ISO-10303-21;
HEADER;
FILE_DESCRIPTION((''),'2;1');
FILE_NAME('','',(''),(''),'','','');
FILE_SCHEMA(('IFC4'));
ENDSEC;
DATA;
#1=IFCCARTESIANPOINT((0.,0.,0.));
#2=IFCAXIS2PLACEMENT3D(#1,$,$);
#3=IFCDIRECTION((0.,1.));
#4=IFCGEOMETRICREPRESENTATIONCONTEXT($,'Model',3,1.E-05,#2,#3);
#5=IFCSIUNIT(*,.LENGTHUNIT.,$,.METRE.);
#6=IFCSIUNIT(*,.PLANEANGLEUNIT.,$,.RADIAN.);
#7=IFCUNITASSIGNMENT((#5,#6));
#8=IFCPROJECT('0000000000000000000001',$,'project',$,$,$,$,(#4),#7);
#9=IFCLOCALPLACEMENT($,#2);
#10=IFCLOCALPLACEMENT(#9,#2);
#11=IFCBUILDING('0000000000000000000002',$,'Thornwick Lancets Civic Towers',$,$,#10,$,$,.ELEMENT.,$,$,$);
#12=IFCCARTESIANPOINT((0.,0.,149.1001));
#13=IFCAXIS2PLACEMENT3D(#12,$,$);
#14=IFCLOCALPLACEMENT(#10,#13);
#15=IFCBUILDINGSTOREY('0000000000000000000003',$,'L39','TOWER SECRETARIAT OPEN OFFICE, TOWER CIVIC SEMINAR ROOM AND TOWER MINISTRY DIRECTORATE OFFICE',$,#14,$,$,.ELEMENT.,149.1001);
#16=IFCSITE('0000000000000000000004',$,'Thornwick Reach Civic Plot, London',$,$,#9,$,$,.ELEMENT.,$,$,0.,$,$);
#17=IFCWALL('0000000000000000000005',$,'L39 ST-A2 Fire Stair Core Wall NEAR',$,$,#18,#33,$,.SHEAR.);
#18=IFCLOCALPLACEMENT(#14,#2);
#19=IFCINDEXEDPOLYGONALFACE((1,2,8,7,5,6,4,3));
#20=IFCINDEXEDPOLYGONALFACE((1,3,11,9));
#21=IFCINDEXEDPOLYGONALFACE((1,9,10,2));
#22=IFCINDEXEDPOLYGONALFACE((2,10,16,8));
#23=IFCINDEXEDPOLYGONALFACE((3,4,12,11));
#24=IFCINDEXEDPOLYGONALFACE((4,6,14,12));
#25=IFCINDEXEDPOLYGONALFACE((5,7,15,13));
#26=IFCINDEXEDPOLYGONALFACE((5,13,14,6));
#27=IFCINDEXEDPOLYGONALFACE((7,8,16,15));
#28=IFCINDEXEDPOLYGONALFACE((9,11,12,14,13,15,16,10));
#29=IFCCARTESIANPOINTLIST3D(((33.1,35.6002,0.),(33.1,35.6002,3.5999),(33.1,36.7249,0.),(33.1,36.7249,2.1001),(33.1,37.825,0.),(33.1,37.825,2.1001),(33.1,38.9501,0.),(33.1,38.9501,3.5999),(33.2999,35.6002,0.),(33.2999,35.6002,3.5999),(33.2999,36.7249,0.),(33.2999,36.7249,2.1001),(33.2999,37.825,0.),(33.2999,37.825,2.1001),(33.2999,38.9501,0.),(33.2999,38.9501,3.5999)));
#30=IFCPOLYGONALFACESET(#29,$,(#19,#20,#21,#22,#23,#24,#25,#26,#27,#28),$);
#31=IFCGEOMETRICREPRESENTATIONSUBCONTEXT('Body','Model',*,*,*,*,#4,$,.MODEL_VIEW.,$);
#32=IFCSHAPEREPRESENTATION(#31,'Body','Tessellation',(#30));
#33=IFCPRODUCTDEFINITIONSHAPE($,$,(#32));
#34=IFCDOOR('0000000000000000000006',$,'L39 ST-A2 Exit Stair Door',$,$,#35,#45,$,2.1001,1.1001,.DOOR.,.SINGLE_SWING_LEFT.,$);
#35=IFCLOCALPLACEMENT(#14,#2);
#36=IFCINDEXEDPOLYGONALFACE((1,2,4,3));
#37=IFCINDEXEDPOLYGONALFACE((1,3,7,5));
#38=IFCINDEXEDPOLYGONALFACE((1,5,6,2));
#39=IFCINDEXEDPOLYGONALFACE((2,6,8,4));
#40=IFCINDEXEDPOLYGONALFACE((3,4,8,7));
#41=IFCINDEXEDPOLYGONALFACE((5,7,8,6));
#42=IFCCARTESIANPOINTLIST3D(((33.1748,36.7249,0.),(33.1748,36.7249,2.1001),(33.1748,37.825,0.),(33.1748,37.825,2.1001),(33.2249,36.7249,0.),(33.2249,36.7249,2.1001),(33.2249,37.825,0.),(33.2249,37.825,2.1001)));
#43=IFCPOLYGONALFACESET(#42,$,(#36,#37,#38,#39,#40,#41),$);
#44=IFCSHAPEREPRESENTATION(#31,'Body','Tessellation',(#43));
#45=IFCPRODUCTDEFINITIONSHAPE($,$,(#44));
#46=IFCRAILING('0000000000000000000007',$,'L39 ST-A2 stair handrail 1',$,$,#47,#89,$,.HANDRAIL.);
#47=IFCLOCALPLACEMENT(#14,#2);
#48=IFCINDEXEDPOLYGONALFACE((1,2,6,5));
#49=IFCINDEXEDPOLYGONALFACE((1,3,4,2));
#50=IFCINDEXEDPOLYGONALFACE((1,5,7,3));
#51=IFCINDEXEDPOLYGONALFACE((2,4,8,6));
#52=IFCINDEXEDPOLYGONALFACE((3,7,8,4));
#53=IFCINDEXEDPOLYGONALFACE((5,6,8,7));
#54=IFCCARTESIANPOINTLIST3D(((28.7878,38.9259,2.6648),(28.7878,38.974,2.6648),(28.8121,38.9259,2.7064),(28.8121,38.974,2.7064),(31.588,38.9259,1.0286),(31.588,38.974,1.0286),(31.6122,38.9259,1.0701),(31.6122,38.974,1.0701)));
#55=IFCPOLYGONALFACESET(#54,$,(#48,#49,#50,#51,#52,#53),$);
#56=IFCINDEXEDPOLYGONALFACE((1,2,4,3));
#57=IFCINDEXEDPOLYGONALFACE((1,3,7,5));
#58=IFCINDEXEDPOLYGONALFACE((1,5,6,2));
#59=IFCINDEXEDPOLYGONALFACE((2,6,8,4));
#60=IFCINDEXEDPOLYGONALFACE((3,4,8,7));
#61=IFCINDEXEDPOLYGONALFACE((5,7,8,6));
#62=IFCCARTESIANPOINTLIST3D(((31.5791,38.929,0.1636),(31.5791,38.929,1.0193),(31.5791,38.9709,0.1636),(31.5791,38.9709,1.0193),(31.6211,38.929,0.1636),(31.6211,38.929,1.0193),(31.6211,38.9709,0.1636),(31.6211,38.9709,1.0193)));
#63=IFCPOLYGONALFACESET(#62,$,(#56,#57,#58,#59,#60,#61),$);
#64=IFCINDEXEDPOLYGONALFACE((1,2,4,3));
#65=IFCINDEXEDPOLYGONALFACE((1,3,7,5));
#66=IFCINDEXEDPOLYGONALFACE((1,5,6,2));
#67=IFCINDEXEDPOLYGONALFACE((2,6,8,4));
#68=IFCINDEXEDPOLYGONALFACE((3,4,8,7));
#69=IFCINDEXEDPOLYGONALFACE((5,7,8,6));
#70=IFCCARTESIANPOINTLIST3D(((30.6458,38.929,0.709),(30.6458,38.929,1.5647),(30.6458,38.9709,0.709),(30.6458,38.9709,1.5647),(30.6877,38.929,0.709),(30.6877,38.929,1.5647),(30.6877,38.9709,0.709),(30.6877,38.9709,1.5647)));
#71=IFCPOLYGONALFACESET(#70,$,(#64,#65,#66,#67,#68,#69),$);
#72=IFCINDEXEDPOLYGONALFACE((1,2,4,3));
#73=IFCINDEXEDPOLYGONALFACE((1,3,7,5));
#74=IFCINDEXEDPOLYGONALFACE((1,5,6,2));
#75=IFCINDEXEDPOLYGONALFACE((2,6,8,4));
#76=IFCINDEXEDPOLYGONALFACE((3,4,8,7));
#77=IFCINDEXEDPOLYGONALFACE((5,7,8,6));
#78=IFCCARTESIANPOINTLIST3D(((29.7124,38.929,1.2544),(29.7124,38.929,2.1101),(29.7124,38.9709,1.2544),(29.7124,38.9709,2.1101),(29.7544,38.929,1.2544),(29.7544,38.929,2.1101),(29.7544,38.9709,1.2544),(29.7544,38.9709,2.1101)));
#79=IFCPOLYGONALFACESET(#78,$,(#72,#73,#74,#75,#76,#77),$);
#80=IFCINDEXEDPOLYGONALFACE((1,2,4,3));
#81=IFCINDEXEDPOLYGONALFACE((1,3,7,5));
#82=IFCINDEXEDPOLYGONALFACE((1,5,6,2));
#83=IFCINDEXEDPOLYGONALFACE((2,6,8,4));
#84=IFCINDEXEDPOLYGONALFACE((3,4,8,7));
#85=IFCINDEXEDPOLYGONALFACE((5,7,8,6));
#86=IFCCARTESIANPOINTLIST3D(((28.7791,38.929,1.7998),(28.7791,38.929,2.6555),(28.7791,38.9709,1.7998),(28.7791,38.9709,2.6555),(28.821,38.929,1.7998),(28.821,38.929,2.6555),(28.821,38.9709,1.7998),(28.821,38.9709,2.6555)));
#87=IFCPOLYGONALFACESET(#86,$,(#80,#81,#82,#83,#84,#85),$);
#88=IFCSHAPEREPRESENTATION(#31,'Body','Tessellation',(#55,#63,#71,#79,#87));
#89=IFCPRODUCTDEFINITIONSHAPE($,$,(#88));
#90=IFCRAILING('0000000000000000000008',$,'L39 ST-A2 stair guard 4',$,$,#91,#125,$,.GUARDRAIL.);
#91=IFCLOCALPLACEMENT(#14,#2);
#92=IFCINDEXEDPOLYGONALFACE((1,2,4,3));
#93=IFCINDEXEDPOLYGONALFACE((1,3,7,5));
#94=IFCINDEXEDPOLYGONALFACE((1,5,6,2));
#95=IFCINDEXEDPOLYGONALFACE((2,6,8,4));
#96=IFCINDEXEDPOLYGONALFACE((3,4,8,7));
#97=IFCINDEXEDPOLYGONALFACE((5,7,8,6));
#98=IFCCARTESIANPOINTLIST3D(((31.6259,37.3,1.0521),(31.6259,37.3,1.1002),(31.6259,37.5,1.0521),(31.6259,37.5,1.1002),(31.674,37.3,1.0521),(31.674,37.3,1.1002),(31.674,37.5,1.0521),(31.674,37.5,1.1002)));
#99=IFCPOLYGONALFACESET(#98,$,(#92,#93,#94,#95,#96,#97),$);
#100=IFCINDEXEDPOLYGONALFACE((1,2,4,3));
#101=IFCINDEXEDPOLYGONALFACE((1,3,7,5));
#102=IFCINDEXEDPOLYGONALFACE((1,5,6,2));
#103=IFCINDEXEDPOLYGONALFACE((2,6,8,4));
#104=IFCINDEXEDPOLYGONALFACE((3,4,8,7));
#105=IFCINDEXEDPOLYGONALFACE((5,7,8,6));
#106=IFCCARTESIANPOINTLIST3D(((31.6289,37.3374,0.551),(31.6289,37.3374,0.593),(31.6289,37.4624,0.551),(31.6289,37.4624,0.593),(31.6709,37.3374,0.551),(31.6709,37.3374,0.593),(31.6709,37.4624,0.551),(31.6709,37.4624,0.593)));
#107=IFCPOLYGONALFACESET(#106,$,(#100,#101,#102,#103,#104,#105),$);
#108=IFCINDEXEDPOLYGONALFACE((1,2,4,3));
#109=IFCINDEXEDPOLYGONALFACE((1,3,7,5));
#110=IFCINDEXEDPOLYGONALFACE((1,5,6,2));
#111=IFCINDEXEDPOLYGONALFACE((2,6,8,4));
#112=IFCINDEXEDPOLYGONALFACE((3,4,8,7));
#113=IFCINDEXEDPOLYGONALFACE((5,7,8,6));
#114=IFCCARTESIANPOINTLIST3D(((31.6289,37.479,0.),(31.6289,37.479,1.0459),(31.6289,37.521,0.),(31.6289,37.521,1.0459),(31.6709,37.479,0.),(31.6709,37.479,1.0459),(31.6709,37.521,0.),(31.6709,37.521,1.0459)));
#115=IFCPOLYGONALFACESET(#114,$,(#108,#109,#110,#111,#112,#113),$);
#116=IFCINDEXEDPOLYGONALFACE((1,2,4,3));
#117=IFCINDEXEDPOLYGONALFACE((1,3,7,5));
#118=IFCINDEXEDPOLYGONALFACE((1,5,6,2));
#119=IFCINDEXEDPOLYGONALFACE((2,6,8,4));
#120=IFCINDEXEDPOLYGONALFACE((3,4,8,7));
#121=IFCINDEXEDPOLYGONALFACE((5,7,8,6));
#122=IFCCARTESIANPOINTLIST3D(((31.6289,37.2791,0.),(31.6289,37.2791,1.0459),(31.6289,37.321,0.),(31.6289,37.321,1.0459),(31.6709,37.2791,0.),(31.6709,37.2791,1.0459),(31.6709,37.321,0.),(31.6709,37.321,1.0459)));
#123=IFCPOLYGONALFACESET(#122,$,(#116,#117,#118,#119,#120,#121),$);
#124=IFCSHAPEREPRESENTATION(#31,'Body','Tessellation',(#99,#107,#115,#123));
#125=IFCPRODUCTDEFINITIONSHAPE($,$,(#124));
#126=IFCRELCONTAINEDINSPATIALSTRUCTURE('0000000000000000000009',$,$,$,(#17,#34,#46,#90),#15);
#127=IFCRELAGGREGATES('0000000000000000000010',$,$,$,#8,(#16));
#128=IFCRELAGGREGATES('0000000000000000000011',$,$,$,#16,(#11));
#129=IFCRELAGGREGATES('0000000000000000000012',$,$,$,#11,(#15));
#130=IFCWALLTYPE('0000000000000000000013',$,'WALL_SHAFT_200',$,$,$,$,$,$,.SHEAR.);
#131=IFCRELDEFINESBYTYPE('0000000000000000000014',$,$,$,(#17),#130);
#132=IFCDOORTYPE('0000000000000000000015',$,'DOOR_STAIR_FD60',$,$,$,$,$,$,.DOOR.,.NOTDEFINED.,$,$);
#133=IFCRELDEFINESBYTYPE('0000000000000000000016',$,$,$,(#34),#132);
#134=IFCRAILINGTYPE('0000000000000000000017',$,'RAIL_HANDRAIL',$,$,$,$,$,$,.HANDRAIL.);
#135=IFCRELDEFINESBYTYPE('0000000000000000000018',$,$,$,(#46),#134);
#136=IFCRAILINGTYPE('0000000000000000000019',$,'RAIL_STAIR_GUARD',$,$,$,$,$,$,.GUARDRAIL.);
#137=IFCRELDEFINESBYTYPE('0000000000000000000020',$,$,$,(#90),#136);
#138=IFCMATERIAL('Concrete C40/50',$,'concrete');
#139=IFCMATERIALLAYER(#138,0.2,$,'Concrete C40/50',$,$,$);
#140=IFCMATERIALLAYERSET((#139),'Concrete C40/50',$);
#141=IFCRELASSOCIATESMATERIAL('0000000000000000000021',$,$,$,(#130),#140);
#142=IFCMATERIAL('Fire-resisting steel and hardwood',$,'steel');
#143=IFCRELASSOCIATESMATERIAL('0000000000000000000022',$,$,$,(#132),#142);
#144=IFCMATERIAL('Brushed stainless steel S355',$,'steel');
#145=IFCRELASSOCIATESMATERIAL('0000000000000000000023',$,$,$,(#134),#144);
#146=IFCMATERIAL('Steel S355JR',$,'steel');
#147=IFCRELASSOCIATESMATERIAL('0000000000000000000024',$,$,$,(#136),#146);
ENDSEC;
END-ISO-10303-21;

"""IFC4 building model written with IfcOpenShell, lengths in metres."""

from ifc_helpers import new_model, si_unit, direction, frame, frame_2d, origin, origin_2d, place, context, subcontext, project, spatial, rectangle, extrude, material, layer, layer_set, type_object, element, fill, save


model = new_model("IFC4")

# Units and contexts
model_context = context("Model", 3, precision=1e-05, world=origin(), true_north=direction((0.0, 1.0)))
body_context = subcontext(model_context, "Body", "Model", "MODEL_VIEW")
ifc_project = project(units=[si_unit("LENGTHUNIT", "METRE"), si_unit("PLANEANGLEUNIT", "RADIAN")], contexts=[model_context])

# Site, building, storey
site_placement = place(None, origin())
site = spatial("IfcSite", under=ifc_project, at=site_placement, Name="Thornwick Reach Civic Plot, London", CompositionType="ELEMENT", RefElevation=0.0)
building_placement = place(site_placement, origin())
building = spatial("IfcBuilding", under=site, at=building_placement, Name="Thornwick Lancets Civic Towers", CompositionType="ELEMENT")
storey_placement = place(building_placement, frame((0.0, 0.0, 149.1001)))
storey = spatial("IfcBuildingStorey", under=building, at=storey_placement, Name="L39", Description="TOWER SECRETARIAT OPEN OFFICE, TOWER CIVIC SEMINAR ROOM AND TOWER MINISTRY DIRECTORATE OFFICE", CompositionType="ELEMENT", Elevation=149.1001)

# Shared definitions
ifc_material_1 = material(Name="Steel S355JR", Category="steel")

# Wall, opening, door
ifc_material_2 = material(Name="Concrete C40/50", Category="concrete")
ifc_layer_1 = layer(ifc_material_2, 0.2, Name="Concrete C40/50")
ifc_layer_set_1 = layer_set([ifc_layer_1], Name="Concrete C40/50")
wall_type_1 = type_object("IfcWallType", Name="WALL_SHAFT_200", PredefinedType="SHEAR", material=ifc_layer_set_1)
wall_1_placement = place(storey_placement, frame((33.2, 38.95, 0.0), z_axis=(0.0, 0.0, 1.0), x_axis=(0.0, -1.0, 0.0)))
wall_1 = element("IfcWall", 1, at=wall_1_placement, inside=storey, type_object=wall_type_1, Name="L39 ST-A2 Fire Stair Core Wall NEAR", PredefinedType="SHEAR", context=body_context, shape_type="SweptSolid", body=[
    extrude(rectangle(XDim=3.3499, YDim=0.2, at=frame_2d((1.6748, 0.0))), origin(), (0.0, 0.0, 1.0), 3.5999),
])
opening_1_placement = place(wall_1_placement, frame((1.125, 0.0, 0.0)))
opening_1 = element("IfcOpeningElement", 2, at=opening_1_placement, cuts=wall_1, PredefinedType="OPENING", context=body_context, shape_type="SweptSolid", body=[
    extrude(rectangle(XDim=1.1001, YDim=2.1001, at=frame_2d((0.55, 1.05))), frame((0.0, 0.1099, 0.0), z_axis=(0.0, -1.0, 0.0), x_axis=(1.0, 0.0, 0.0)), (0.0, 0.0, 1.0), 0.22),
])
ifc_material_3 = material(Name="Fire-resisting steel and hardwood", Category="steel")
door_type_1 = type_object("IfcDoorType", Name="DOOR_STAIR_FD60", OperationType="NOTDEFINED", PredefinedType="DOOR", material=ifc_material_3)
door_1_placement = place(opening_1_placement, origin())
door_1 = element("IfcDoor", 3, at=door_1_placement, inside=storey, type_object=door_type_1, Name="L39 ST-A2 Exit Stair Door", OperationType="SINGLE_SWING_LEFT", OverallHeight=2.1001, OverallWidth=1.1001, PredefinedType="DOOR", context=body_context, shape_type="SweptSolid", body=[
    extrude(rectangle(XDim=1.1001, YDim=2.1001, at=frame_2d((0.55, 1.05))), frame((0.0, 0.0249, 0.0), z_axis=(0.0, -1.0, 0.0), x_axis=(1.0, 0.0, 0.0)), (0.0, 0.0, 1.0), 0.05),
])
fill(opening_1, door_1)

# Railings
ifc_material_4 = material(Name="Brushed stainless steel S355", Category="steel")
railing_type_1 = type_object("IfcRailingType", Name="RAIL_HANDRAIL", PredefinedType="HANDRAIL", material=ifc_material_4)
railing_1_placement = place(storey_placement, frame((31.6001, 38.95, 0.1636)))
element("IfcRailing", 4, at=railing_1_placement, inside=storey, type_object=railing_type_1, Name="L39 ST-A2 stair handrail 1", PredefinedType="HANDRAIL", context=body_context, shape_type="SweptSolid", body=[
    extrude(rectangle(XDim=0.0481, YDim=0.0481, at=origin_2d()), frame((0.0, 0.0, 0.8857), z_axis=(-0.863394, 0.0, 0.504531), x_axis=(0.0, -1.0, 0.0)), (0.0, 0.0, 1.0), 3.2432),
    extrude(rectangle(XDim=0.042, YDim=0.042, at=origin_2d()), origin(), (0.0, 0.0, 1.0), 0.8557),
    extrude(rectangle(XDim=0.042, YDim=0.042, at=origin_2d()), frame((-0.9333, 0.0, 0.5454)), (0.0, 0.0, 1.0), 0.8557),
    extrude(rectangle(XDim=0.042, YDim=0.042, at=origin_2d()), frame((-1.8667, 0.0, 1.0908)), (0.0, 0.0, 1.0), 0.8557),
    extrude(rectangle(XDim=0.042, YDim=0.042, at=origin_2d()), frame((-2.8, 0.0, 1.6362)), (0.0, 0.0, 1.0), 0.8557),
])
railing_type_2 = type_object("IfcRailingType", Name="RAIL_STAIR_GUARD", PredefinedType="GUARDRAIL", material=ifc_material_1)
railing_2_placement = place(storey_placement, frame((31.6499, 37.5, 0.0)))
element("IfcRailing", 5, at=railing_2_placement, inside=storey, type_object=railing_type_2, Name="L39 ST-A2 stair guard 4", PredefinedType="GUARDRAIL", context=body_context, shape_type="SweptSolid", body=[
    extrude(rectangle(XDim=0.0481, YDim=0.0481, at=origin_2d()), frame((0.0, 0.0, 1.0762), z_axis=(0.0, -1.0, 0.0), x_axis=(1.0, 0.0, 0.0)), (0.0, 0.0, 1.0), 0.2),
    extrude(rectangle(XDim=0.042, YDim=0.042, at=origin_2d()), frame((0.0, -0.0376, 0.572), z_axis=(0.0, -1.0, 0.0), x_axis=(1.0, 0.0, 0.0)), (0.0, 0.0, 1.0), 0.125),
    extrude(rectangle(XDim=0.042, YDim=0.042, at=origin_2d()), origin(), (0.0, 0.0, 1.0), 1.0459),
    extrude(rectangle(XDim=0.042, YDim=0.042, at=origin_2d()), frame((0.0, -0.2, 0.0)), (0.0, 0.0, 1.0), 1.0459),
])

save(model, "model.ifc")
